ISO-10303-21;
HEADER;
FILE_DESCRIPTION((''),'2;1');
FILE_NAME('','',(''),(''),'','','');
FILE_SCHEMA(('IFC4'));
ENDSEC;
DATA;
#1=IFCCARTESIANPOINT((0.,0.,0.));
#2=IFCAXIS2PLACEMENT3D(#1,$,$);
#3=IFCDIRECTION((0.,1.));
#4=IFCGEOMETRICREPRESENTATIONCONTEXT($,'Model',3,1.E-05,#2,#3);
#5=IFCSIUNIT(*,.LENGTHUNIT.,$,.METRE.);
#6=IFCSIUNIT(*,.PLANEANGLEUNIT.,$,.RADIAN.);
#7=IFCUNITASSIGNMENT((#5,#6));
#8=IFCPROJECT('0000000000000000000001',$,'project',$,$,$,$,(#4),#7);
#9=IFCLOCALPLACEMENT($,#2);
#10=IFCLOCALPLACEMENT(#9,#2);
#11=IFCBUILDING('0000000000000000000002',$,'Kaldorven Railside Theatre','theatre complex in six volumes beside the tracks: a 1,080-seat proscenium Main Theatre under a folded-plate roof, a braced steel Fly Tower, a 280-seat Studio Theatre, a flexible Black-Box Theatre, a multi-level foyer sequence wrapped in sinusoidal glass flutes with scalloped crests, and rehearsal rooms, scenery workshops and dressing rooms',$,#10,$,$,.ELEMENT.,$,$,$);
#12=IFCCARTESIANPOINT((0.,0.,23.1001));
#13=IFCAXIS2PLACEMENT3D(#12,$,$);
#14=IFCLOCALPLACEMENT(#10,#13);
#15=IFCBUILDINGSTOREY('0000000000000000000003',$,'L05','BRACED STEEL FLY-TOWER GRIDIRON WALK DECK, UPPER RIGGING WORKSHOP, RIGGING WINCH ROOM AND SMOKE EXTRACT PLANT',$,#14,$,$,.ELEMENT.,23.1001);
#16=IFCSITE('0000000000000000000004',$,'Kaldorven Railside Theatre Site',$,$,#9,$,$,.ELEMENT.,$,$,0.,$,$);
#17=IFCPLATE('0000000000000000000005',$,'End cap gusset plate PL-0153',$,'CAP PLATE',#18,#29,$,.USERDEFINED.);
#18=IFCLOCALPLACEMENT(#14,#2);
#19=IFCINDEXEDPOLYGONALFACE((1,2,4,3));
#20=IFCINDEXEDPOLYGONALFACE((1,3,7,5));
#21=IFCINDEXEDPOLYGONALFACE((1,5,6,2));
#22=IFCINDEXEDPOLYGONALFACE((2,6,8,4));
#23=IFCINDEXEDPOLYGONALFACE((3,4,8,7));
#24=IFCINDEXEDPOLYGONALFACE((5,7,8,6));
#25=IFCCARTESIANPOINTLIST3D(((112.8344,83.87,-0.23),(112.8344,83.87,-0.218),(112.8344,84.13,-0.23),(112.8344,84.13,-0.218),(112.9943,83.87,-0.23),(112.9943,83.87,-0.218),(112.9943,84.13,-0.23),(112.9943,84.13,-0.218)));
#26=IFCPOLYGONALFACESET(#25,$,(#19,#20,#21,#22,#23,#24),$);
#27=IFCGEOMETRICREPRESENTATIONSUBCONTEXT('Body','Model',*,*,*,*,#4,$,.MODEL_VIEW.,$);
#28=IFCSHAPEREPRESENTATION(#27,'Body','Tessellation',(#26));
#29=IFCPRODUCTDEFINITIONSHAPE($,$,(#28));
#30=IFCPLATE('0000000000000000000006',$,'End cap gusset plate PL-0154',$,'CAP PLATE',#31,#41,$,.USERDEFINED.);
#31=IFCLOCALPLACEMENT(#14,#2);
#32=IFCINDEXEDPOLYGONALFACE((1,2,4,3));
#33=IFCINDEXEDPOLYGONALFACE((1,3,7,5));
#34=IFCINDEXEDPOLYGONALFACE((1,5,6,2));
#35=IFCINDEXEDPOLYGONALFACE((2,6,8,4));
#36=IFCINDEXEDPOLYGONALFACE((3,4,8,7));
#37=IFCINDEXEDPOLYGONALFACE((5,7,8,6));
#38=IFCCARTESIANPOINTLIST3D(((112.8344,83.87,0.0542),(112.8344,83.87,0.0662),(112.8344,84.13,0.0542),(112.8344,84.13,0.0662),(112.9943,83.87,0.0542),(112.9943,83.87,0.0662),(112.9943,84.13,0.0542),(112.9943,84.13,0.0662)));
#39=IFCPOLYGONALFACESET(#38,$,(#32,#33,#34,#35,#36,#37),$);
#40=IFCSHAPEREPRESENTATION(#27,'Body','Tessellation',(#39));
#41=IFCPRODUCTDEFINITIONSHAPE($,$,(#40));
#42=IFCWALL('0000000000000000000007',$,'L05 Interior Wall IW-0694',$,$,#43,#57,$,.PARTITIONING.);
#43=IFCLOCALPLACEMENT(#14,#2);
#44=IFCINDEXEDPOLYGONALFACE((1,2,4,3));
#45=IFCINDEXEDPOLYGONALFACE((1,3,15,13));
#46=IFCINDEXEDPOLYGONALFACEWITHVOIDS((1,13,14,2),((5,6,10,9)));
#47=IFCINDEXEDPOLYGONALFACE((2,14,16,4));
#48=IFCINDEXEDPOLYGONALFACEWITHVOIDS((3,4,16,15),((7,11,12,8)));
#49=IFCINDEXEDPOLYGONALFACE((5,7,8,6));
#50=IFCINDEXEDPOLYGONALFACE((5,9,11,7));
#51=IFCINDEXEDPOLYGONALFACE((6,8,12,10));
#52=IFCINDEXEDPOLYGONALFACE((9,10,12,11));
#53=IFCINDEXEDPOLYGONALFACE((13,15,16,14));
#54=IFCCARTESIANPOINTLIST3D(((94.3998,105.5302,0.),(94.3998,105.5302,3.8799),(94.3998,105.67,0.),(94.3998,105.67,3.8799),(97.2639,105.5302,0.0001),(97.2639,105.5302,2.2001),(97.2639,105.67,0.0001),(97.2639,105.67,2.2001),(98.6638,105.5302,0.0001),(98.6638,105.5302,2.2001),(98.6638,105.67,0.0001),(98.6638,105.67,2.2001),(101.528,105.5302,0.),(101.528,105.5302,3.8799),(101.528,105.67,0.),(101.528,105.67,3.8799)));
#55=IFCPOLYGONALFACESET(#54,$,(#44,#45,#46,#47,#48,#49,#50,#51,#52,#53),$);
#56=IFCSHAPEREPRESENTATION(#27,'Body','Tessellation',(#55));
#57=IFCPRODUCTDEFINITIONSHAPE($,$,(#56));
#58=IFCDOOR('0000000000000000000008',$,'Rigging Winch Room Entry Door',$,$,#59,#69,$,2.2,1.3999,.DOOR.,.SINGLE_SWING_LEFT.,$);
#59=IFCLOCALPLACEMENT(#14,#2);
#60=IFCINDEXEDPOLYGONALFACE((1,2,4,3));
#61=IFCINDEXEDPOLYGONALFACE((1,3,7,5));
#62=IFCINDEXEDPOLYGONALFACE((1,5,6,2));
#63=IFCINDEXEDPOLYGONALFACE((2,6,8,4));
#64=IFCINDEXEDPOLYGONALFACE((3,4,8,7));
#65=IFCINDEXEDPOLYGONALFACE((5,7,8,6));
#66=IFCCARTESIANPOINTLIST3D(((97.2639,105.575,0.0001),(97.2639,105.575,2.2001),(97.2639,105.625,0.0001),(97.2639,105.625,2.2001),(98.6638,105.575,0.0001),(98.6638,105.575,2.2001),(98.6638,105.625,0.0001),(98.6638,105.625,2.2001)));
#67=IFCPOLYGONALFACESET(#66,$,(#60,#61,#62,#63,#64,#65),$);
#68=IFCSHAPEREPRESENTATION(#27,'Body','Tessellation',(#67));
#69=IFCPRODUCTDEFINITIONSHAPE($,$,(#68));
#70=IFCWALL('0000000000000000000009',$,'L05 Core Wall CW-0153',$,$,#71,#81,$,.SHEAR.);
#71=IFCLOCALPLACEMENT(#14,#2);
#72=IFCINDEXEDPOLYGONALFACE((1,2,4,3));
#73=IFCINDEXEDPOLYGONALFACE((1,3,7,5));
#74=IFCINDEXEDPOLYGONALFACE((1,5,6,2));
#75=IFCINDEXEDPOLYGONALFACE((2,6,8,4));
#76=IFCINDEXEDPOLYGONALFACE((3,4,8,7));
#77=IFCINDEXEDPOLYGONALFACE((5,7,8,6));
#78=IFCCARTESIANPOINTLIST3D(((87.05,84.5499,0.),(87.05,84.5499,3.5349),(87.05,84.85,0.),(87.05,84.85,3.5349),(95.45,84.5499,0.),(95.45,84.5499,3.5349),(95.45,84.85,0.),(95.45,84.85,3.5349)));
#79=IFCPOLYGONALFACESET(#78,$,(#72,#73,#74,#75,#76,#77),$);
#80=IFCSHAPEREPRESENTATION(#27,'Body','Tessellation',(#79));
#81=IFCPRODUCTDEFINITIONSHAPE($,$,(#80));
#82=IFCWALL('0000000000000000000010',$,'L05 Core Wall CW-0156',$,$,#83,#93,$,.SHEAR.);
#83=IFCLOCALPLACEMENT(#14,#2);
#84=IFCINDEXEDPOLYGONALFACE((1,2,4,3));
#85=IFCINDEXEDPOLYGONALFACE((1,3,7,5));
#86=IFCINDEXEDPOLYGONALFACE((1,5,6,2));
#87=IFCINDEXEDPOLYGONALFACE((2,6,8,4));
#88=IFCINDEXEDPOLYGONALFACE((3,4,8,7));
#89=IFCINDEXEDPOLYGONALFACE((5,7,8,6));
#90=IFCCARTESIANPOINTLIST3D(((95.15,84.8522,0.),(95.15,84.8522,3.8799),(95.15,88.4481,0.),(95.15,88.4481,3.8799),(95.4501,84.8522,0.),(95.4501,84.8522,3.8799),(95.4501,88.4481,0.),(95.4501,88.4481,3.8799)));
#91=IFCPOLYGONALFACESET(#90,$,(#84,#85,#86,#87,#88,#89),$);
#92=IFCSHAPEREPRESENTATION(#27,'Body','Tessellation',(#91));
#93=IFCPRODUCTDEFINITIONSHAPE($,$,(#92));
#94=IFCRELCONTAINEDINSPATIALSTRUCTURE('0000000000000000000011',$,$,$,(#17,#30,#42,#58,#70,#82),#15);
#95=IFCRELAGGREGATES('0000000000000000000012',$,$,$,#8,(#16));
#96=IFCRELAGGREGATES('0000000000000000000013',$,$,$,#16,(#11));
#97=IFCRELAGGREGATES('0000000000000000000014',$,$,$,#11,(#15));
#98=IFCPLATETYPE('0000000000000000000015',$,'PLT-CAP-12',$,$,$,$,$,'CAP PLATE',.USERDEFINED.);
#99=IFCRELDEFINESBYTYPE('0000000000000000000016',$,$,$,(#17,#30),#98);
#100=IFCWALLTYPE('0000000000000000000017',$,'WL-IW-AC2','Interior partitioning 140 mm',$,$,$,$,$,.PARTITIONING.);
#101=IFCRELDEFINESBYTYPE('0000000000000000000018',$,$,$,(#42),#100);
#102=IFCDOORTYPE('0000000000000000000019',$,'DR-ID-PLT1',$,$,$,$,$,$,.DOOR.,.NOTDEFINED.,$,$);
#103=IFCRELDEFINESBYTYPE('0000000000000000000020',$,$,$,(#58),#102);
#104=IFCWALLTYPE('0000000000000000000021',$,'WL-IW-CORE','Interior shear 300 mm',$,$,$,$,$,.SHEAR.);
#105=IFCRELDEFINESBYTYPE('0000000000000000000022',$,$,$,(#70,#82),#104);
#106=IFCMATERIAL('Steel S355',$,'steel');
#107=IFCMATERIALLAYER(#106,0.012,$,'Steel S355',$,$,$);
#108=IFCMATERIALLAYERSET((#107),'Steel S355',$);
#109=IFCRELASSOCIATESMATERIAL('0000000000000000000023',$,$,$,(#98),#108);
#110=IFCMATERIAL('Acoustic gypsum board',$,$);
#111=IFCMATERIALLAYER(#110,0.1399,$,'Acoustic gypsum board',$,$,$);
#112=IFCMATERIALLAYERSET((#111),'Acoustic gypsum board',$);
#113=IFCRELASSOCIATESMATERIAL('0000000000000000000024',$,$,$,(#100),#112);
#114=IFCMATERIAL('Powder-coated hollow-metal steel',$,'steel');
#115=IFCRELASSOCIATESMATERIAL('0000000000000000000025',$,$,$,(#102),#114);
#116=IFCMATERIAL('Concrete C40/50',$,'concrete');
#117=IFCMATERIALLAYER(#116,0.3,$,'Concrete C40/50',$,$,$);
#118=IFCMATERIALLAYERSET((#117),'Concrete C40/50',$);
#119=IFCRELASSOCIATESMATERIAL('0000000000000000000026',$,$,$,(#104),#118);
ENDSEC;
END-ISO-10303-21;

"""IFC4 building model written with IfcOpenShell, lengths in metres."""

from ifc_helpers import new_model, si_unit, direction, frame, frame_2d, origin, origin_2d, place, context, subcontext, project, spatial, rectangle, extrude, material, layer, layer_set, type_object, element, fill, save


model = new_model("IFC4")

# Units and contexts
model_context = context("Model", 3, precision=1e-05, world=origin(), true_north=direction((0.0, 1.0)))
body_context = subcontext(model_context, "Body", "Model", "MODEL_VIEW")
ifc_project = project(units=[si_unit("LENGTHUNIT", "METRE"), si_unit("PLANEANGLEUNIT", "RADIAN")], contexts=[model_context])

# Site, building, storey
site_placement = place(None, origin())
site = spatial("IfcSite", under=ifc_project, at=site_placement, Name="Kaldorven Railside Theatre Site", CompositionType="ELEMENT", RefElevation=0.0)
building_placement = place(site_placement, origin())
building = spatial("IfcBuilding", under=site, at=building_placement, Name="Kaldorven Railside Theatre", Description="theatre complex in six volumes beside the tracks: a 1,080-seat proscenium Main Theatre under a folded-plate roof, a braced steel Fly Tower, a 280-seat Studio Theatre, a flexible Black-Box Theatre, a multi-level foyer sequence wrapped in sinusoidal glass flutes with scalloped crests, and rehearsal rooms, scenery workshops and dressing rooms", CompositionType="ELEMENT")
storey_placement = place(building_placement, frame((0.0, 0.0, 23.1001)))
storey = spatial("IfcBuildingStorey", under=building, at=storey_placement, Name="L05", Description="BRACED STEEL FLY-TOWER GRIDIRON WALK DECK, UPPER RIGGING WORKSHOP, RIGGING WINCH ROOM AND SMOKE EXTRACT PLANT", CompositionType="ELEMENT", Elevation=23.1001)

# Shared definitions
ifc_material_1 = material(Name="Steel S355", Category="steel")

# Plates
ifc_layer_1 = layer(ifc_material_1, 0.012, Name="Steel S355")
ifc_layer_set_1 = layer_set([ifc_layer_1], Name="Steel S355")
plate_type_1 = type_object("IfcPlateType", Name="PLT-CAP-12", ElementType="CAP PLATE", PredefinedType="USERDEFINED", material=ifc_layer_set_1)
for number, where, z_axis, x_axis, name in (
    (1, (112.9143, 84.0, -0.23), (0.0, 0.0, 1.0), (1.0, 0.0, 0.0), "End cap gusset plate PL-0153"),
    (2, (112.9143, 84.0, 0.0542), (0.0, 0.0, 1.0), (1.0, 0.0, 0.0), "End cap gusset plate PL-0154"),
):
    element("IfcPlate", number, at=place(storey_placement, frame(where, z_axis=z_axis, x_axis=x_axis)), inside=storey, type_object=plate_type_1, Name=name, ObjectType="CAP PLATE", PredefinedType="USERDEFINED", context=body_context, shape_type="SweptSolid", body=[
        extrude(rectangle(XDim=0.1599, YDim=0.26, at=origin_2d()), origin(), (0.0, 0.0, 1.0), 0.012),
    ])

# Wall, opening, door
ifc_material_2 = material(Name="Acoustic gypsum board")
ifc_layer_2 = layer(ifc_material_2, 0.1399, Name="Acoustic gypsum board")
ifc_layer_set_2 = layer_set([ifc_layer_2], Name="Acoustic gypsum board")
wall_type_1 = type_object("IfcWallType", Name="WL-IW-AC2", Description="Interior partitioning 140 mm", PredefinedType="PARTITIONING", material=ifc_layer_set_2)
wall_1_placement = place(storey_placement, frame((94.3999, 105.6001, 0.0), z_axis=(0.0, 0.0, 1.0), x_axis=(1.0, 0.0, 0.0)))
wall_1 = element("IfcWall", 3, at=wall_1_placement, inside=storey, type_object=wall_type_1, Name="L05 Interior Wall IW-0694", PredefinedType="PARTITIONING", context=body_context, shape_type="SweptSolid", body=[
    extrude(rectangle(XDim=7.1282, YDim=0.1399, at=frame_2d((3.564, 0.0))), origin(), (0.0, 0.0, 1.0), 3.8799),
])
opening_1_placement = place(wall_1_placement, frame((2.864, 0.0, 0.0)))
opening_1 = element("IfcOpeningElement", 4, at=opening_1_placement, cuts=wall_1, PredefinedType="OPENING", context=body_context, shape_type="SweptSolid", body=[
    extrude(rectangle(XDim=1.3999, YDim=2.2, at=frame_2d((0.7, 1.1001))), frame((0.0, 0.0801, 0.0), z_axis=(0.0, -1.0, 0.0), x_axis=(1.0, 0.0, 0.0)), (0.0, 0.0, 1.0), 0.1599),
])
ifc_material_3 = material(Name="Powder-coated hollow-metal steel", Category="steel")
door_type_1 = type_object("IfcDoorType", Name="DR-ID-PLT1", OperationType="NOTDEFINED", PredefinedType="DOOR", material=ifc_material_3)
door_1_placement = place(opening_1_placement, origin())
door_1 = element("IfcDoor", 5, at=door_1_placement, inside=storey, type_object=door_type_1, Name="Rigging Winch Room Entry Door", OperationType="SINGLE_SWING_LEFT", OverallHeight=2.2, OverallWidth=1.3999, PredefinedType="DOOR", context=body_context, shape_type="SweptSolid", body=[
    extrude(rectangle(XDim=1.3999, YDim=2.2, at=frame_2d((0.7, 1.1001))), frame((0.0, 0.0249, 0.0), z_axis=(0.0, -1.0, 0.0), x_axis=(1.0, 0.0, 0.0)), (0.0, 0.0, 1.0), 0.05),
])
fill(opening_1, door_1)

# Walls
ifc_material_4 = material(Name="Concrete C40/50", Category="concrete")
ifc_layer_3 = layer(ifc_material_4, 0.3, Name="Concrete C40/50")
ifc_layer_set_3 = layer_set([ifc_layer_3], Name="Concrete C40/50")
wall_type_2 = type_object("IfcWallType", Name="WL-IW-CORE", Description="Interior shear 300 mm", PredefinedType="SHEAR", material=ifc_layer_set_3)
wall_2_placement = place(storey_placement, frame((95.45, 84.7, 0.0), z_axis=(0.0, 0.0, 1.0), x_axis=(-1.0, 0.0, 0.0)))
element("IfcWall", 6, at=wall_2_placement, inside=storey, type_object=wall_type_2, Name="L05 Core Wall CW-0153", PredefinedType="SHEAR", context=body_context, shape_type="SweptSolid", body=[
    extrude(rectangle(XDim=8.3999, YDim=0.3, at=frame_2d((4.2, 0.0))), origin(), (0.0, 0.0, 1.0), 3.5349),
])
wall_3_placement = place(storey_placement, frame((95.3, 88.448, 0.0), z_axis=(0.0, 0.0, 1.0), x_axis=(0.0, -1.0, 0.0)))
element("IfcWall", 7, at=wall_3_placement, inside=storey, type_object=wall_type_2, Name="L05 Core Wall CW-0156", PredefinedType="SHEAR", context=body_context, shape_type="SweptSolid", body=[
    extrude(rectangle(XDim=3.5959, YDim=0.3, at=frame_2d((1.7979, 0.0))), origin(), (0.0, 0.0, 1.0), 3.8799),
])

save(model, "model.ifc")
